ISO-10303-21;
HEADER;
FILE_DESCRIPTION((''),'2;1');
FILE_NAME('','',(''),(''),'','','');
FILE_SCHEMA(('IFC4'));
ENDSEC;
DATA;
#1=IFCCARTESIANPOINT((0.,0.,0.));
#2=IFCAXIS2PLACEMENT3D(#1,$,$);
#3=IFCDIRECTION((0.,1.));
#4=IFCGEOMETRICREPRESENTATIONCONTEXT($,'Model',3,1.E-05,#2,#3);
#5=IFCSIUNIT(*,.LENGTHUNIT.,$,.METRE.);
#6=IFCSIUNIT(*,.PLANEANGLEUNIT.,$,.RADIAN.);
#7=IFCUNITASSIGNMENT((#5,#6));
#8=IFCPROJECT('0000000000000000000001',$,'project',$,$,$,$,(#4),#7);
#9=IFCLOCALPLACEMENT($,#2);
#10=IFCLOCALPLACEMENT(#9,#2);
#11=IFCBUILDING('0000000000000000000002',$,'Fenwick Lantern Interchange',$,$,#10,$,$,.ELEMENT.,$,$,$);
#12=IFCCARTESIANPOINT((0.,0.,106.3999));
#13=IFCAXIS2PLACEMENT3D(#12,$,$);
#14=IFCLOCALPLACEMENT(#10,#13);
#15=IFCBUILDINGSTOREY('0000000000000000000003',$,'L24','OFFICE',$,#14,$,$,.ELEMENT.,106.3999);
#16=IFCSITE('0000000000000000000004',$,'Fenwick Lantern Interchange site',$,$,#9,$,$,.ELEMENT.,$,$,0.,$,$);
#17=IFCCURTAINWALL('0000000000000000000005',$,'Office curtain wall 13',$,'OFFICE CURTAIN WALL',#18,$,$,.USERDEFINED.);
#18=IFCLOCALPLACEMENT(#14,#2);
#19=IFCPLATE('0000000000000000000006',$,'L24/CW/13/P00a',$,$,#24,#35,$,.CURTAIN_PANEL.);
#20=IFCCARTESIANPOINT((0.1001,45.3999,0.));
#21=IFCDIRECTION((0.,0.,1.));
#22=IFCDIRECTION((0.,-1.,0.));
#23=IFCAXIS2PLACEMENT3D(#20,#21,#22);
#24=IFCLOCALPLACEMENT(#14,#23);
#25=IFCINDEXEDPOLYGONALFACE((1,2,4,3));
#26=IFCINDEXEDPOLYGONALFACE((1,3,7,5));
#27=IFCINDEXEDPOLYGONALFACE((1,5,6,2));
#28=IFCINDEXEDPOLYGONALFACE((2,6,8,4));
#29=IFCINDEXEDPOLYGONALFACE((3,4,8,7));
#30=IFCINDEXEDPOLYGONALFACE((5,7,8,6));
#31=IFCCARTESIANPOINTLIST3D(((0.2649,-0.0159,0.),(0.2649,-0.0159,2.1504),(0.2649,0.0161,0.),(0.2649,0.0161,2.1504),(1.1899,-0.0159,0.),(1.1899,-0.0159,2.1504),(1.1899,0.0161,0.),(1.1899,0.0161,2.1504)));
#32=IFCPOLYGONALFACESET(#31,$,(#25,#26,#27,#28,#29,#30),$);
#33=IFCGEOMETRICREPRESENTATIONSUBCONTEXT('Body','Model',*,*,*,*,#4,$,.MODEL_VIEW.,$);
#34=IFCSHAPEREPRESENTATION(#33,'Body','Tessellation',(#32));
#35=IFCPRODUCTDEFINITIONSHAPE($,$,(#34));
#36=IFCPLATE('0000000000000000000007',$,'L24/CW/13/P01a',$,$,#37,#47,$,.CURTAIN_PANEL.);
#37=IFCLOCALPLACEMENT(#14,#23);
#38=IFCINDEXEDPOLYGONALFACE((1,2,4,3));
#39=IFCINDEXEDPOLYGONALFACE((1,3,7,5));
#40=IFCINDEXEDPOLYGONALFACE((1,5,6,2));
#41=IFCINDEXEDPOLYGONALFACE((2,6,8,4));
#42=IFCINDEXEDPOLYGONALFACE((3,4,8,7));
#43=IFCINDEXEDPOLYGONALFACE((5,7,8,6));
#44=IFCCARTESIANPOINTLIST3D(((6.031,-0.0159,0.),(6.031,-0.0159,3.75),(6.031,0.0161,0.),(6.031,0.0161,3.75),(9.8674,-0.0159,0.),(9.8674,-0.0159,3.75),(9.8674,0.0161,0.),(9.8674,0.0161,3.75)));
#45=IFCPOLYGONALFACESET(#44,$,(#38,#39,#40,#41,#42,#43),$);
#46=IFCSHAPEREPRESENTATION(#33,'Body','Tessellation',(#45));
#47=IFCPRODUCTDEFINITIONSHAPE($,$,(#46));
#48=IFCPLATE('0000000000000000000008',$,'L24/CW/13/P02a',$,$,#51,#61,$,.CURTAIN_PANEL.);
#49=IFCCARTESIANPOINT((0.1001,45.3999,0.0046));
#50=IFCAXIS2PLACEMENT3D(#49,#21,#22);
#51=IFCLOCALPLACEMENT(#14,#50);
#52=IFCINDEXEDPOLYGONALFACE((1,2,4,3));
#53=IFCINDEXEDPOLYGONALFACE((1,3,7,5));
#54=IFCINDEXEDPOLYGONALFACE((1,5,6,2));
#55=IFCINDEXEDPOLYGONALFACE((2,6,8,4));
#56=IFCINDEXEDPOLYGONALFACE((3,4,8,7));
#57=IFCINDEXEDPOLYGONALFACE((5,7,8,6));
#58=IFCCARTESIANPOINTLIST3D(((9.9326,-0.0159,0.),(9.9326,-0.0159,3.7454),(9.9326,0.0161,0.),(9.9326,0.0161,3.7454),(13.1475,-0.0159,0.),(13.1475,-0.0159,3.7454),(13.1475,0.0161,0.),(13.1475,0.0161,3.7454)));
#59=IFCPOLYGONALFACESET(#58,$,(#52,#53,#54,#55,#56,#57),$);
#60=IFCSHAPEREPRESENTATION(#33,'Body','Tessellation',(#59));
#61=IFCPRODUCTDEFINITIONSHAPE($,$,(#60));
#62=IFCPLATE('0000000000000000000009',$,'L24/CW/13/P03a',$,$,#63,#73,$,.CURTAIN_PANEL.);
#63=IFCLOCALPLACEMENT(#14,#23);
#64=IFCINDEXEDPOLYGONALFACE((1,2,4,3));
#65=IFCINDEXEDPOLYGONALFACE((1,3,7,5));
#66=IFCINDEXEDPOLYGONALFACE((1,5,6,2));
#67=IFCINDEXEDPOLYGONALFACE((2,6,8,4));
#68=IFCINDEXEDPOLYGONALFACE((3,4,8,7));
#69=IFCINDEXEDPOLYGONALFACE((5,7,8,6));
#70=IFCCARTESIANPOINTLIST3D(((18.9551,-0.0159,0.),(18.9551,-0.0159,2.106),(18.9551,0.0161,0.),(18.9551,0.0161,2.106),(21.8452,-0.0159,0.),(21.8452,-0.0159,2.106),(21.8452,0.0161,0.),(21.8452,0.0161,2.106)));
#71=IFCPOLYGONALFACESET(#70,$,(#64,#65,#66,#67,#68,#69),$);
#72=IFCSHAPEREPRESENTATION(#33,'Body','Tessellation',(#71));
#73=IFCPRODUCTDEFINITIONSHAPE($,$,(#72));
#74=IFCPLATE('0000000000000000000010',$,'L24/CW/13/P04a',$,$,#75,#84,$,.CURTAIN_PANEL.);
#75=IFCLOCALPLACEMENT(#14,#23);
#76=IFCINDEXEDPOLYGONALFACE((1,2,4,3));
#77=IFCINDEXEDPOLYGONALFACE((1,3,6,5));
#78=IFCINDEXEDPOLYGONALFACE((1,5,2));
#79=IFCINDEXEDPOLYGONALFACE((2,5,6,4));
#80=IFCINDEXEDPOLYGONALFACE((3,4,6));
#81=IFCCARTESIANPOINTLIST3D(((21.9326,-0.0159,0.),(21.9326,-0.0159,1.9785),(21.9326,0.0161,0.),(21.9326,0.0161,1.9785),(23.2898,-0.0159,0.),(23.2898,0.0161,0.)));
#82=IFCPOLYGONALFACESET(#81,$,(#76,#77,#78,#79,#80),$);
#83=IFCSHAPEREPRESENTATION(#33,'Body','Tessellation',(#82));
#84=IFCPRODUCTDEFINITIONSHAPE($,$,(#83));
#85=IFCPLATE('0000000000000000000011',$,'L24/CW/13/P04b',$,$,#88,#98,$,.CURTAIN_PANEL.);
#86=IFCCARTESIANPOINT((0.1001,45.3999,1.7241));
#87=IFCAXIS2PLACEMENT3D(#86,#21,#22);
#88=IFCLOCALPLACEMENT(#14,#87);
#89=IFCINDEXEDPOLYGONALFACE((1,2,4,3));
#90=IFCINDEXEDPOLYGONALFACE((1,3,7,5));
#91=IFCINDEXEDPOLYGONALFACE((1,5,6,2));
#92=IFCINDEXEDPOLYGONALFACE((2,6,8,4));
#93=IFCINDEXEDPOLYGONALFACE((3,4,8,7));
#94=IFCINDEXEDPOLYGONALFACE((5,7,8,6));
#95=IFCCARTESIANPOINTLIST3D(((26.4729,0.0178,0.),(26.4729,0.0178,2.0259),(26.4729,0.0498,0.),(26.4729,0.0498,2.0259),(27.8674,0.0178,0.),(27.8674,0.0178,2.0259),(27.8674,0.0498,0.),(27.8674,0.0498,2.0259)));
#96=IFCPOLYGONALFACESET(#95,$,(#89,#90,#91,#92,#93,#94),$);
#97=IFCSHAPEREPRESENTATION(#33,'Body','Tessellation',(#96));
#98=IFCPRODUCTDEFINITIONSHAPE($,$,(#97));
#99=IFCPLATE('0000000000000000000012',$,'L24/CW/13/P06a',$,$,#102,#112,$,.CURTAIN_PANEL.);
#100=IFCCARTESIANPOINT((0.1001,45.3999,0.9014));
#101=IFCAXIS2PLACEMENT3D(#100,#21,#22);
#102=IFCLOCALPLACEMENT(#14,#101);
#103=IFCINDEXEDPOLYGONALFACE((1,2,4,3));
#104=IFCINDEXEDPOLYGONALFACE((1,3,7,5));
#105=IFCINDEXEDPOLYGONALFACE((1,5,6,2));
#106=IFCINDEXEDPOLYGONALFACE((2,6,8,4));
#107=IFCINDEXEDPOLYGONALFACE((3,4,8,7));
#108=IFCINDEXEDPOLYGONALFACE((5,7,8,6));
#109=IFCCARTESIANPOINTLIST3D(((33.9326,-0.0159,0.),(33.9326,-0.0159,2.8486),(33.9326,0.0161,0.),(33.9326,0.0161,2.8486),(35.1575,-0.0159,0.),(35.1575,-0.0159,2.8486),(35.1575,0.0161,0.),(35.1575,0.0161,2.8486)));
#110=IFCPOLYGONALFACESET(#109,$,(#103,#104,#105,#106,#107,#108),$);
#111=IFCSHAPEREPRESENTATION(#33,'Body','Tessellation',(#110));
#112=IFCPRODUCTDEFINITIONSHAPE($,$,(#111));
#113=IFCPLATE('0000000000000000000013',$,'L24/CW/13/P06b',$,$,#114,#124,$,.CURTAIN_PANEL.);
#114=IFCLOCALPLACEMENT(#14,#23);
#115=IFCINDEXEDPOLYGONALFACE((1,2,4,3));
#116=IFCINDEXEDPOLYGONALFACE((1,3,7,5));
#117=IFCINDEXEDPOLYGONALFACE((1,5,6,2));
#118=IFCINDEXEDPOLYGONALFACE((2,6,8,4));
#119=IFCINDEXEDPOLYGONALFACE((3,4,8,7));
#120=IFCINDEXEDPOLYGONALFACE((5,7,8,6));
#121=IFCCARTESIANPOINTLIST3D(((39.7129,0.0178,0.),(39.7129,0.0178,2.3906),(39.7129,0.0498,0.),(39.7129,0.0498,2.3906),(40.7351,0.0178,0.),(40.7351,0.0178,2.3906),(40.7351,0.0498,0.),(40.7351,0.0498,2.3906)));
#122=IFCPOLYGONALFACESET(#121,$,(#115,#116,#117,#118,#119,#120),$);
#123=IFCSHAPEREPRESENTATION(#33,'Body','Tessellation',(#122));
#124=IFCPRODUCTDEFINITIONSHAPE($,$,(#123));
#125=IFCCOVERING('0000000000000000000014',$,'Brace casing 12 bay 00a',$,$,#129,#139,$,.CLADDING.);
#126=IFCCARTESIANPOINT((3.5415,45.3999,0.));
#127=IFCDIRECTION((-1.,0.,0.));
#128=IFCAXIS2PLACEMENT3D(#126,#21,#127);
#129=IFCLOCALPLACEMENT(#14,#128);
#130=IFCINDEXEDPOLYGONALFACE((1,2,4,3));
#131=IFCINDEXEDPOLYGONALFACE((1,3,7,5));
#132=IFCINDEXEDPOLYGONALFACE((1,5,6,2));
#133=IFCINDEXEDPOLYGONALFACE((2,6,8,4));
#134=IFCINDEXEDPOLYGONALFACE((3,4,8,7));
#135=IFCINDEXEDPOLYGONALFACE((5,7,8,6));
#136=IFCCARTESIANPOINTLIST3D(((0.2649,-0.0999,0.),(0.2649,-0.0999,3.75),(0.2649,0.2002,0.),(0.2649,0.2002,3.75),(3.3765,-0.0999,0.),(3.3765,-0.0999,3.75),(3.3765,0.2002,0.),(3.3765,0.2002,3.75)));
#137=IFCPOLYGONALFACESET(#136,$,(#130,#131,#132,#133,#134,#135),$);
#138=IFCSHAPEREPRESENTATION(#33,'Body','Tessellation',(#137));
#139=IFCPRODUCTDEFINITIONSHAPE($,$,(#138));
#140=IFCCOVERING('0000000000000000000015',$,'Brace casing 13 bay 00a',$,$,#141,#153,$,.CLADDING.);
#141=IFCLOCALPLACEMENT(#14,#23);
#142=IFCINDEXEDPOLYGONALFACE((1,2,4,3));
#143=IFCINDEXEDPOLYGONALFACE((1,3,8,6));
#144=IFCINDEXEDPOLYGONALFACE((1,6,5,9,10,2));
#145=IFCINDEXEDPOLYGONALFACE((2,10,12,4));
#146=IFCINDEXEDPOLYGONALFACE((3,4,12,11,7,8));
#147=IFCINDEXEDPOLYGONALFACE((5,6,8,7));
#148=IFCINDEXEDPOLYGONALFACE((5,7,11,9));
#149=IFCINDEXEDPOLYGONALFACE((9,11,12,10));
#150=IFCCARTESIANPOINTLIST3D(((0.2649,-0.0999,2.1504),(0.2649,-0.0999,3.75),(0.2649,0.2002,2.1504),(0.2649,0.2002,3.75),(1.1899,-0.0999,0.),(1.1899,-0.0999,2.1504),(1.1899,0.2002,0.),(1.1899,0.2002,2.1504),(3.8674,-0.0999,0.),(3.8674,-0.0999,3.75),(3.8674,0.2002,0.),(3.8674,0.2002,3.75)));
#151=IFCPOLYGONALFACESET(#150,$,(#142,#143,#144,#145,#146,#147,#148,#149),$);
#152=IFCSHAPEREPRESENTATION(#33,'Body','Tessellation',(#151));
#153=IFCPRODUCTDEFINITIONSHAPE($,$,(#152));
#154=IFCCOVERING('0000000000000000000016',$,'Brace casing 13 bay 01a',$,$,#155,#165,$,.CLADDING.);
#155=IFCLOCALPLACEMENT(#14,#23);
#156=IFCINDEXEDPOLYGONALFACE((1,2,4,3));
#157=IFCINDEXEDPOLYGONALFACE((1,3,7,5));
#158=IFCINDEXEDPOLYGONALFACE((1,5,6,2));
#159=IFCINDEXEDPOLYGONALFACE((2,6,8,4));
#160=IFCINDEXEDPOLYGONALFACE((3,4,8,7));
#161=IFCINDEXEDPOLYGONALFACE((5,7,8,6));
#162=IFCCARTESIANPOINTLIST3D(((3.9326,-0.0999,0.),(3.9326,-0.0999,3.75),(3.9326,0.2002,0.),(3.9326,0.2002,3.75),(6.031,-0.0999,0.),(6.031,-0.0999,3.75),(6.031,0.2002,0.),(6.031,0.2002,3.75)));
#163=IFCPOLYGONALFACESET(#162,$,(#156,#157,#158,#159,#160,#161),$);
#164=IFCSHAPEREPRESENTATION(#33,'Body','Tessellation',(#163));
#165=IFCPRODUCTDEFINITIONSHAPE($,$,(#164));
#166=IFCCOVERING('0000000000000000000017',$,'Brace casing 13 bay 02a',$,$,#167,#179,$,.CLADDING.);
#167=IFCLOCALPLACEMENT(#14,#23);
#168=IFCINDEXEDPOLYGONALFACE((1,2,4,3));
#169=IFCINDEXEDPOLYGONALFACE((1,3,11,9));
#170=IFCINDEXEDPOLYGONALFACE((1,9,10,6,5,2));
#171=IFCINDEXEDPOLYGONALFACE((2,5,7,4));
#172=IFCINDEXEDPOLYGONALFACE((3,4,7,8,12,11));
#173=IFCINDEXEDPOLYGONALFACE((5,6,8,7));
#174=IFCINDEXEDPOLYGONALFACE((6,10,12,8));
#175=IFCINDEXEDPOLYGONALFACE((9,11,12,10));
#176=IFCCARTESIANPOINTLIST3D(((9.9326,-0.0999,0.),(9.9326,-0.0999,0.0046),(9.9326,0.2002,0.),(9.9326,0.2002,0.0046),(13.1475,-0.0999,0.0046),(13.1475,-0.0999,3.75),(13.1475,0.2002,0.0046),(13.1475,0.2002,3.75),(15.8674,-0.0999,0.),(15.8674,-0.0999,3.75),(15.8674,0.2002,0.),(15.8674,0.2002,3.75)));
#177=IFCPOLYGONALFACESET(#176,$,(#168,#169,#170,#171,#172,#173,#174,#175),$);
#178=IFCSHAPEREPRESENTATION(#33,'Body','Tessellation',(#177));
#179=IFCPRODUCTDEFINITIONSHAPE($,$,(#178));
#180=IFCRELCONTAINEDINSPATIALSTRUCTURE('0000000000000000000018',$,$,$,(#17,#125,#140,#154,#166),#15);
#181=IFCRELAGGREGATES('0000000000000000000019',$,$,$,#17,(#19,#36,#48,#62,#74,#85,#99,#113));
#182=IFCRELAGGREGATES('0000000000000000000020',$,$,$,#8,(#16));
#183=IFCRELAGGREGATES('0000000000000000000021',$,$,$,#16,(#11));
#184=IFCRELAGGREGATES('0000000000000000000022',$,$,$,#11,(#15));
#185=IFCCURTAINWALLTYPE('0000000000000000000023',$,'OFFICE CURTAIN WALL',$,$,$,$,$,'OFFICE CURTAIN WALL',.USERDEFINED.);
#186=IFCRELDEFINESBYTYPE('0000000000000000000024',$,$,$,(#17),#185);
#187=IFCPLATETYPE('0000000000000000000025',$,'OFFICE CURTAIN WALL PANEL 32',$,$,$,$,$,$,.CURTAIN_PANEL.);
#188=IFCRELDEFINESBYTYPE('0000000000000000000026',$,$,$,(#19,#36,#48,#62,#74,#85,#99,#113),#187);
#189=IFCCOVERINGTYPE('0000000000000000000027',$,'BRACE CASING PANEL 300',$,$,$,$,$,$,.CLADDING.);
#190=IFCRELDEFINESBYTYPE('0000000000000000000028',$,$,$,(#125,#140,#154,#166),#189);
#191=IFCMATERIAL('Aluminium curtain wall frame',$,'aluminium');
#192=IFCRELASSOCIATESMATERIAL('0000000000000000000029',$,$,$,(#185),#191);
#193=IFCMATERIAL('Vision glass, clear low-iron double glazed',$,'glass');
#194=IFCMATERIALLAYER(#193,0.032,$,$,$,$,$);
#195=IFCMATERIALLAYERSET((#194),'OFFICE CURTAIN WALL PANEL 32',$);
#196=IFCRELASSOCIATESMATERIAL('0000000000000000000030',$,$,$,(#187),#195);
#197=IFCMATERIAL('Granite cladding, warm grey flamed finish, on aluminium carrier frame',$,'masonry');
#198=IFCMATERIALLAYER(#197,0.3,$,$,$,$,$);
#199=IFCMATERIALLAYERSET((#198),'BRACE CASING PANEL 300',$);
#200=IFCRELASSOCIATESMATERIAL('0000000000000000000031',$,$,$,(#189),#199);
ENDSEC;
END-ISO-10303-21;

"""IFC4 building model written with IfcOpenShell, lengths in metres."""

from ifc_helpers import new_model, si_unit, direction, frame, origin, place, context, subcontext, project, spatial, polyline, outline, extrude, material, layer, layer_set, type_object, element, aggregate, save


model = new_model("IFC4")

# Units and contexts
model_context = context("Model", 3, precision=1e-05, world=origin(), true_north=direction((0.0, 1.0)))
body_context = subcontext(model_context, "Body", "Model", "MODEL_VIEW")
ifc_project = project(units=[si_unit("LENGTHUNIT", "METRE"), si_unit("PLANEANGLEUNIT", "RADIAN")], contexts=[model_context])

# Site, building, storey
site_placement = place(None, origin())
site = spatial("IfcSite", under=ifc_project, at=site_placement, Name="Fenwick Lantern Interchange site", CompositionType="ELEMENT", RefElevation=0.0)
building_placement = place(site_placement, origin())
building = spatial("IfcBuilding", under=site, at=building_placement, Name="Fenwick Lantern Interchange", CompositionType="ELEMENT")
storey_placement = place(building_placement, frame((0.0, 0.0, 106.3999)))
storey = spatial("IfcBuildingStorey", under=building, at=storey_placement, Name="L24", Description="OFFICE", CompositionType="ELEMENT", Elevation=106.3999)

# Shared definitions
ifc_material_1 = material(Name="Aluminium curtain wall frame", Category="aluminium")
curtain_wall_type = type_object("IfcCurtainWallType", Name="OFFICE CURTAIN WALL", ElementType="OFFICE CURTAIN WALL", PredefinedType="USERDEFINED", material=ifc_material_1)

# Curtain wall
curtain_wall_1_placement = place(storey_placement, origin())
curtain_wall_1 = element("IfcCurtainWall", 1, at=curtain_wall_1_placement, inside=storey, type_object=curtain_wall_type, Name="Office curtain wall 13", ObjectType="OFFICE CURTAIN WALL", PredefinedType="USERDEFINED")

# Plates
ifc_material_2 = material(Name="Vision glass, clear low-iron double glazed", Category="glass")
ifc_layer_1 = layer(ifc_material_2, 0.032)
ifc_layer_set_1 = layer_set([ifc_layer_1], Name="OFFICE CURTAIN WALL PANEL 32")
plate_type = type_object("IfcPlateType", Name="OFFICE CURTAIN WALL PANEL 32", PredefinedType="CURTAIN_PANEL", material=ifc_layer_set_1)
plate_1_placement = place(storey_placement, frame((0.1001, 45.3999, 0.0), z_axis=(0.0, 0.0, 1.0), x_axis=(0.0, -1.0, 0.0)))
plate_1 = element("IfcPlate", 2, at=plate_1_placement, type_object=plate_type, Name="L24/CW/13/P00a", PredefinedType="CURTAIN_PANEL", context=body_context, shape_type="SweptSolid", body=[
    extrude(outline(polyline([(0.2649, 0.0), (1.1899, 0.0), (1.1899, 2.1504), (0.2649, 2.1504), (0.2649, 0.0)])), frame((0.0, 0.0161, 0.0), z_axis=(0.0, -1.0, 0.0), x_axis=(1.0, 0.0, 0.0)), (0.0, 0.0, 1.0), 0.032),
])
plate_2_placement = place(storey_placement, frame((0.1001, 45.3999, 0.0), z_axis=(0.0, 0.0, 1.0), x_axis=(0.0, -1.0, 0.0)))
plate_2 = element("IfcPlate", 3, at=plate_2_placement, type_object=plate_type, Name="L24/CW/13/P01a", PredefinedType="CURTAIN_PANEL", context=body_context, shape_type="SweptSolid", body=[
    extrude(outline(polyline([(6.031, 0.0), (9.8674, 0.0), (9.8674, 3.75), (6.031, 3.75), (6.031, 0.0)])), frame((0.0, 0.0161, 0.0), z_axis=(0.0, -1.0, 0.0), x_axis=(1.0, 0.0, 0.0)), (0.0, 0.0, 1.0), 0.032),
])
plate_3_placement = place(storey_placement, frame((0.1001, 45.3999, 0.0046), z_axis=(0.0, 0.0, 1.0), x_axis=(0.0, -1.0, 0.0)))
plate_3 = element("IfcPlate", 4, at=plate_3_placement, type_object=plate_type, Name="L24/CW/13/P02a", PredefinedType="CURTAIN_PANEL", context=body_context, shape_type="SweptSolid", body=[
    extrude(outline(polyline([(9.9326, 0.0), (13.1475, 0.0), (13.1475, 3.7454), (9.9326, 3.7454), (9.9326, 0.0)])), frame((0.0, 0.0161, 0.0), z_axis=(0.0, -1.0, 0.0), x_axis=(1.0, 0.0, 0.0)), (0.0, 0.0, 1.0), 0.032),
])
plate_4_placement = place(storey_placement, frame((0.1001, 45.3999, 0.0), z_axis=(0.0, 0.0, 1.0), x_axis=(0.0, -1.0, 0.0)))
plate_4 = element("IfcPlate", 5, at=plate_4_placement, type_object=plate_type, Name="L24/CW/13/P03a", PredefinedType="CURTAIN_PANEL", context=body_context, shape_type="SweptSolid", body=[
    extrude(outline(polyline([(18.9551, 0.0), (21.8452, 0.0), (21.8452, 2.106), (18.9551, 2.106), (18.9551, 0.0)])), frame((0.0, 0.0161, 0.0), z_axis=(0.0, -1.0, 0.0), x_axis=(1.0, 0.0, 0.0)), (0.0, 0.0, 1.0), 0.032),
])
plate_5_placement = place(storey_placement, frame((0.1001, 45.3999, 0.0), z_axis=(0.0, 0.0, 1.0), x_axis=(0.0, -1.0, 0.0)))
plate_5 = element("IfcPlate", 6, at=plate_5_placement, type_object=plate_type, Name="L24/CW/13/P04a", PredefinedType="CURTAIN_PANEL", context=body_context, shape_type="SweptSolid", body=[
    extrude(outline(polyline([(21.9326, 0.0), (23.2898, 0.0), (21.9326, 1.9785), (21.9326, 0.0)])), frame((0.0, 0.0161, 0.0), z_axis=(0.0, -1.0, 0.0), x_axis=(1.0, 0.0, 0.0)), (0.0, 0.0, 1.0), 0.032),
])
plate_6_placement = place(storey_placement, frame((0.1001, 45.3999, 1.7241), z_axis=(0.0, 0.0, 1.0), x_axis=(0.0, -1.0, 0.0)))
plate_6 = element("IfcPlate", 7, at=plate_6_placement, type_object=plate_type, Name="L24/CW/13/P04b", PredefinedType="CURTAIN_PANEL", context=body_context, shape_type="SweptSolid", body=[
    extrude(outline(polyline([(26.4729, 0.0), (27.8674, 0.0), (27.8674, 2.0259), (26.4729, 2.0259), (26.4729, 0.0)])), frame((0.0, 0.0498, 0.0), z_axis=(0.0, -1.0, 0.0), x_axis=(1.0, 0.0, 0.0)), (0.0, 0.0, 1.0), 0.032),
])
plate_7_placement = place(storey_placement, frame((0.1001, 45.3999, 0.9014), z_axis=(0.0, 0.0, 1.0), x_axis=(0.0, -1.0, 0.0)))
plate_7 = element("IfcPlate", 8, at=plate_7_placement, type_object=plate_type, Name="L24/CW/13/P06a", PredefinedType="CURTAIN_PANEL", context=body_context, shape_type="SweptSolid", body=[
    extrude(outline(polyline([(33.9326, 0.0), (35.1575, 0.0), (35.1575, 2.8486), (33.9326, 2.8486), (33.9326, 0.0)])), frame((0.0, 0.0161, 0.0), z_axis=(0.0, -1.0, 0.0), x_axis=(1.0, 0.0, 0.0)), (0.0, 0.0, 1.0), 0.032),
])
plate_8_placement = place(storey_placement, frame((0.1001, 45.3999, 0.0), z_axis=(0.0, 0.0, 1.0), x_axis=(0.0, -1.0, 0.0)))
plate_8 = element("IfcPlate", 9, at=plate_8_placement, type_object=plate_type, Name="L24/CW/13/P06b", PredefinedType="CURTAIN_PANEL", context=body_context, shape_type="SweptSolid", body=[
    extrude(outline(polyline([(39.7129, 0.0), (40.7351, 0.0), (40.7351, 2.3906), (39.7129, 2.3906), (39.7129, 0.0)])), frame((0.0, 0.0498, 0.0), z_axis=(0.0, -1.0, 0.0), x_axis=(1.0, 0.0, 0.0)), (0.0, 0.0, 1.0), 0.032),
])
aggregate(curtain_wall_1, [plate_1, plate_2, plate_3, plate_4, plate_5, plate_6, plate_7, plate_8])

# Coverings
ifc_material_3 = material(Name="Granite cladding, warm grey flamed finish, on aluminium carrier frame", Category="masonry")
ifc_layer_2 = layer(ifc_material_3, 0.3)
ifc_layer_set_2 = layer_set([ifc_layer_2], Name="BRACE CASING PANEL 300")
covering_type = type_object("IfcCoveringType", Name="BRACE CASING PANEL 300", PredefinedType="CLADDING", material=ifc_layer_set_2)
covering_1_placement = place(storey_placement, frame((3.5415, 45.3999, 0.0), z_axis=(0.0, 0.0, 1.0), x_axis=(-1.0, 0.0, 0.0)))
element("IfcCovering", 10, at=covering_1_placement, inside=storey, type_object=covering_type, Name="Brace casing 12 bay 00a", PredefinedType="CLADDING", context=body_context, shape_type="SweptSolid", body=[
    extrude(outline(polyline([(0.2649, 0.0), (3.3765, 0.0), (3.3765, 3.75), (0.2649, 3.75), (0.2649, 0.0)])), frame((0.0, 0.2002, 0.0), z_axis=(0.0, -1.0, 0.0), x_axis=(1.0, 0.0, 0.0)), (0.0, 0.0, 1.0), 0.3),
])
covering_2_placement = place(storey_placement, frame((0.1001, 45.3999, 0.0), z_axis=(0.0, 0.0, 1.0), x_axis=(0.0, -1.0, 0.0)))
element("IfcCovering", 11, at=covering_2_placement, inside=storey, type_object=covering_type, Name="Brace casing 13 bay 00a", PredefinedType="CLADDING", context=body_context, shape_type="SweptSolid", body=[
    extrude(outline(polyline([(1.1899, 0.0), (3.8674, 0.0), (3.8674, 3.75), (0.2649, 3.75), (0.2649, 2.1504), (1.1899, 2.1504), (1.1899, 0.0)])), frame((0.0, 0.2002, 0.0), z_axis=(0.0, -1.0, 0.0), x_axis=(1.0, 0.0, 0.0)), (0.0, 0.0, 1.0), 0.3),
])
covering_3_placement = place(storey_placement, frame((0.1001, 45.3999, 0.0), z_axis=(0.0, 0.0, 1.0), x_axis=(0.0, -1.0, 0.0)))
element("IfcCovering", 12, at=covering_3_placement, inside=storey, type_object=covering_type, Name="Brace casing 13 bay 01a", PredefinedType="CLADDING", context=body_context, shape_type="SweptSolid", body=[
    extrude(outline(polyline([(3.9326, 0.0), (6.031, 0.0), (6.031, 3.75), (3.9326, 3.75), (3.9326, 0.0)])), frame((0.0, 0.2002, 0.0), z_axis=(0.0, -1.0, 0.0), x_axis=(1.0, 0.0, 0.0)), (0.0, 0.0, 1.0), 0.3),
])
covering_4_placement = place(storey_placement, frame((0.1001, 45.3999, 0.0), z_axis=(0.0, 0.0, 1.0), x_axis=(0.0, -1.0, 0.0)))
element("IfcCovering", 13, at=covering_4_placement, inside=storey, type_object=covering_type, Name="Brace casing 13 bay 02a", PredefinedType="CLADDING", context=body_context, shape_type="SweptSolid", body=[
    extrude(outline(polyline([(9.9326, 0.0), (15.8674, 0.0), (15.8674, 3.75), (13.1475, 3.75), (13.1475, 0.0046), (9.9326, 0.0046), (9.9326, 0.0)])), frame((0.0, 0.2002, 0.0), z_axis=(0.0, -1.0, 0.0), x_axis=(1.0, 0.0, 0.0)), (0.0, 0.0, 1.0), 0.3),
])

save(model, "model.ifc")
